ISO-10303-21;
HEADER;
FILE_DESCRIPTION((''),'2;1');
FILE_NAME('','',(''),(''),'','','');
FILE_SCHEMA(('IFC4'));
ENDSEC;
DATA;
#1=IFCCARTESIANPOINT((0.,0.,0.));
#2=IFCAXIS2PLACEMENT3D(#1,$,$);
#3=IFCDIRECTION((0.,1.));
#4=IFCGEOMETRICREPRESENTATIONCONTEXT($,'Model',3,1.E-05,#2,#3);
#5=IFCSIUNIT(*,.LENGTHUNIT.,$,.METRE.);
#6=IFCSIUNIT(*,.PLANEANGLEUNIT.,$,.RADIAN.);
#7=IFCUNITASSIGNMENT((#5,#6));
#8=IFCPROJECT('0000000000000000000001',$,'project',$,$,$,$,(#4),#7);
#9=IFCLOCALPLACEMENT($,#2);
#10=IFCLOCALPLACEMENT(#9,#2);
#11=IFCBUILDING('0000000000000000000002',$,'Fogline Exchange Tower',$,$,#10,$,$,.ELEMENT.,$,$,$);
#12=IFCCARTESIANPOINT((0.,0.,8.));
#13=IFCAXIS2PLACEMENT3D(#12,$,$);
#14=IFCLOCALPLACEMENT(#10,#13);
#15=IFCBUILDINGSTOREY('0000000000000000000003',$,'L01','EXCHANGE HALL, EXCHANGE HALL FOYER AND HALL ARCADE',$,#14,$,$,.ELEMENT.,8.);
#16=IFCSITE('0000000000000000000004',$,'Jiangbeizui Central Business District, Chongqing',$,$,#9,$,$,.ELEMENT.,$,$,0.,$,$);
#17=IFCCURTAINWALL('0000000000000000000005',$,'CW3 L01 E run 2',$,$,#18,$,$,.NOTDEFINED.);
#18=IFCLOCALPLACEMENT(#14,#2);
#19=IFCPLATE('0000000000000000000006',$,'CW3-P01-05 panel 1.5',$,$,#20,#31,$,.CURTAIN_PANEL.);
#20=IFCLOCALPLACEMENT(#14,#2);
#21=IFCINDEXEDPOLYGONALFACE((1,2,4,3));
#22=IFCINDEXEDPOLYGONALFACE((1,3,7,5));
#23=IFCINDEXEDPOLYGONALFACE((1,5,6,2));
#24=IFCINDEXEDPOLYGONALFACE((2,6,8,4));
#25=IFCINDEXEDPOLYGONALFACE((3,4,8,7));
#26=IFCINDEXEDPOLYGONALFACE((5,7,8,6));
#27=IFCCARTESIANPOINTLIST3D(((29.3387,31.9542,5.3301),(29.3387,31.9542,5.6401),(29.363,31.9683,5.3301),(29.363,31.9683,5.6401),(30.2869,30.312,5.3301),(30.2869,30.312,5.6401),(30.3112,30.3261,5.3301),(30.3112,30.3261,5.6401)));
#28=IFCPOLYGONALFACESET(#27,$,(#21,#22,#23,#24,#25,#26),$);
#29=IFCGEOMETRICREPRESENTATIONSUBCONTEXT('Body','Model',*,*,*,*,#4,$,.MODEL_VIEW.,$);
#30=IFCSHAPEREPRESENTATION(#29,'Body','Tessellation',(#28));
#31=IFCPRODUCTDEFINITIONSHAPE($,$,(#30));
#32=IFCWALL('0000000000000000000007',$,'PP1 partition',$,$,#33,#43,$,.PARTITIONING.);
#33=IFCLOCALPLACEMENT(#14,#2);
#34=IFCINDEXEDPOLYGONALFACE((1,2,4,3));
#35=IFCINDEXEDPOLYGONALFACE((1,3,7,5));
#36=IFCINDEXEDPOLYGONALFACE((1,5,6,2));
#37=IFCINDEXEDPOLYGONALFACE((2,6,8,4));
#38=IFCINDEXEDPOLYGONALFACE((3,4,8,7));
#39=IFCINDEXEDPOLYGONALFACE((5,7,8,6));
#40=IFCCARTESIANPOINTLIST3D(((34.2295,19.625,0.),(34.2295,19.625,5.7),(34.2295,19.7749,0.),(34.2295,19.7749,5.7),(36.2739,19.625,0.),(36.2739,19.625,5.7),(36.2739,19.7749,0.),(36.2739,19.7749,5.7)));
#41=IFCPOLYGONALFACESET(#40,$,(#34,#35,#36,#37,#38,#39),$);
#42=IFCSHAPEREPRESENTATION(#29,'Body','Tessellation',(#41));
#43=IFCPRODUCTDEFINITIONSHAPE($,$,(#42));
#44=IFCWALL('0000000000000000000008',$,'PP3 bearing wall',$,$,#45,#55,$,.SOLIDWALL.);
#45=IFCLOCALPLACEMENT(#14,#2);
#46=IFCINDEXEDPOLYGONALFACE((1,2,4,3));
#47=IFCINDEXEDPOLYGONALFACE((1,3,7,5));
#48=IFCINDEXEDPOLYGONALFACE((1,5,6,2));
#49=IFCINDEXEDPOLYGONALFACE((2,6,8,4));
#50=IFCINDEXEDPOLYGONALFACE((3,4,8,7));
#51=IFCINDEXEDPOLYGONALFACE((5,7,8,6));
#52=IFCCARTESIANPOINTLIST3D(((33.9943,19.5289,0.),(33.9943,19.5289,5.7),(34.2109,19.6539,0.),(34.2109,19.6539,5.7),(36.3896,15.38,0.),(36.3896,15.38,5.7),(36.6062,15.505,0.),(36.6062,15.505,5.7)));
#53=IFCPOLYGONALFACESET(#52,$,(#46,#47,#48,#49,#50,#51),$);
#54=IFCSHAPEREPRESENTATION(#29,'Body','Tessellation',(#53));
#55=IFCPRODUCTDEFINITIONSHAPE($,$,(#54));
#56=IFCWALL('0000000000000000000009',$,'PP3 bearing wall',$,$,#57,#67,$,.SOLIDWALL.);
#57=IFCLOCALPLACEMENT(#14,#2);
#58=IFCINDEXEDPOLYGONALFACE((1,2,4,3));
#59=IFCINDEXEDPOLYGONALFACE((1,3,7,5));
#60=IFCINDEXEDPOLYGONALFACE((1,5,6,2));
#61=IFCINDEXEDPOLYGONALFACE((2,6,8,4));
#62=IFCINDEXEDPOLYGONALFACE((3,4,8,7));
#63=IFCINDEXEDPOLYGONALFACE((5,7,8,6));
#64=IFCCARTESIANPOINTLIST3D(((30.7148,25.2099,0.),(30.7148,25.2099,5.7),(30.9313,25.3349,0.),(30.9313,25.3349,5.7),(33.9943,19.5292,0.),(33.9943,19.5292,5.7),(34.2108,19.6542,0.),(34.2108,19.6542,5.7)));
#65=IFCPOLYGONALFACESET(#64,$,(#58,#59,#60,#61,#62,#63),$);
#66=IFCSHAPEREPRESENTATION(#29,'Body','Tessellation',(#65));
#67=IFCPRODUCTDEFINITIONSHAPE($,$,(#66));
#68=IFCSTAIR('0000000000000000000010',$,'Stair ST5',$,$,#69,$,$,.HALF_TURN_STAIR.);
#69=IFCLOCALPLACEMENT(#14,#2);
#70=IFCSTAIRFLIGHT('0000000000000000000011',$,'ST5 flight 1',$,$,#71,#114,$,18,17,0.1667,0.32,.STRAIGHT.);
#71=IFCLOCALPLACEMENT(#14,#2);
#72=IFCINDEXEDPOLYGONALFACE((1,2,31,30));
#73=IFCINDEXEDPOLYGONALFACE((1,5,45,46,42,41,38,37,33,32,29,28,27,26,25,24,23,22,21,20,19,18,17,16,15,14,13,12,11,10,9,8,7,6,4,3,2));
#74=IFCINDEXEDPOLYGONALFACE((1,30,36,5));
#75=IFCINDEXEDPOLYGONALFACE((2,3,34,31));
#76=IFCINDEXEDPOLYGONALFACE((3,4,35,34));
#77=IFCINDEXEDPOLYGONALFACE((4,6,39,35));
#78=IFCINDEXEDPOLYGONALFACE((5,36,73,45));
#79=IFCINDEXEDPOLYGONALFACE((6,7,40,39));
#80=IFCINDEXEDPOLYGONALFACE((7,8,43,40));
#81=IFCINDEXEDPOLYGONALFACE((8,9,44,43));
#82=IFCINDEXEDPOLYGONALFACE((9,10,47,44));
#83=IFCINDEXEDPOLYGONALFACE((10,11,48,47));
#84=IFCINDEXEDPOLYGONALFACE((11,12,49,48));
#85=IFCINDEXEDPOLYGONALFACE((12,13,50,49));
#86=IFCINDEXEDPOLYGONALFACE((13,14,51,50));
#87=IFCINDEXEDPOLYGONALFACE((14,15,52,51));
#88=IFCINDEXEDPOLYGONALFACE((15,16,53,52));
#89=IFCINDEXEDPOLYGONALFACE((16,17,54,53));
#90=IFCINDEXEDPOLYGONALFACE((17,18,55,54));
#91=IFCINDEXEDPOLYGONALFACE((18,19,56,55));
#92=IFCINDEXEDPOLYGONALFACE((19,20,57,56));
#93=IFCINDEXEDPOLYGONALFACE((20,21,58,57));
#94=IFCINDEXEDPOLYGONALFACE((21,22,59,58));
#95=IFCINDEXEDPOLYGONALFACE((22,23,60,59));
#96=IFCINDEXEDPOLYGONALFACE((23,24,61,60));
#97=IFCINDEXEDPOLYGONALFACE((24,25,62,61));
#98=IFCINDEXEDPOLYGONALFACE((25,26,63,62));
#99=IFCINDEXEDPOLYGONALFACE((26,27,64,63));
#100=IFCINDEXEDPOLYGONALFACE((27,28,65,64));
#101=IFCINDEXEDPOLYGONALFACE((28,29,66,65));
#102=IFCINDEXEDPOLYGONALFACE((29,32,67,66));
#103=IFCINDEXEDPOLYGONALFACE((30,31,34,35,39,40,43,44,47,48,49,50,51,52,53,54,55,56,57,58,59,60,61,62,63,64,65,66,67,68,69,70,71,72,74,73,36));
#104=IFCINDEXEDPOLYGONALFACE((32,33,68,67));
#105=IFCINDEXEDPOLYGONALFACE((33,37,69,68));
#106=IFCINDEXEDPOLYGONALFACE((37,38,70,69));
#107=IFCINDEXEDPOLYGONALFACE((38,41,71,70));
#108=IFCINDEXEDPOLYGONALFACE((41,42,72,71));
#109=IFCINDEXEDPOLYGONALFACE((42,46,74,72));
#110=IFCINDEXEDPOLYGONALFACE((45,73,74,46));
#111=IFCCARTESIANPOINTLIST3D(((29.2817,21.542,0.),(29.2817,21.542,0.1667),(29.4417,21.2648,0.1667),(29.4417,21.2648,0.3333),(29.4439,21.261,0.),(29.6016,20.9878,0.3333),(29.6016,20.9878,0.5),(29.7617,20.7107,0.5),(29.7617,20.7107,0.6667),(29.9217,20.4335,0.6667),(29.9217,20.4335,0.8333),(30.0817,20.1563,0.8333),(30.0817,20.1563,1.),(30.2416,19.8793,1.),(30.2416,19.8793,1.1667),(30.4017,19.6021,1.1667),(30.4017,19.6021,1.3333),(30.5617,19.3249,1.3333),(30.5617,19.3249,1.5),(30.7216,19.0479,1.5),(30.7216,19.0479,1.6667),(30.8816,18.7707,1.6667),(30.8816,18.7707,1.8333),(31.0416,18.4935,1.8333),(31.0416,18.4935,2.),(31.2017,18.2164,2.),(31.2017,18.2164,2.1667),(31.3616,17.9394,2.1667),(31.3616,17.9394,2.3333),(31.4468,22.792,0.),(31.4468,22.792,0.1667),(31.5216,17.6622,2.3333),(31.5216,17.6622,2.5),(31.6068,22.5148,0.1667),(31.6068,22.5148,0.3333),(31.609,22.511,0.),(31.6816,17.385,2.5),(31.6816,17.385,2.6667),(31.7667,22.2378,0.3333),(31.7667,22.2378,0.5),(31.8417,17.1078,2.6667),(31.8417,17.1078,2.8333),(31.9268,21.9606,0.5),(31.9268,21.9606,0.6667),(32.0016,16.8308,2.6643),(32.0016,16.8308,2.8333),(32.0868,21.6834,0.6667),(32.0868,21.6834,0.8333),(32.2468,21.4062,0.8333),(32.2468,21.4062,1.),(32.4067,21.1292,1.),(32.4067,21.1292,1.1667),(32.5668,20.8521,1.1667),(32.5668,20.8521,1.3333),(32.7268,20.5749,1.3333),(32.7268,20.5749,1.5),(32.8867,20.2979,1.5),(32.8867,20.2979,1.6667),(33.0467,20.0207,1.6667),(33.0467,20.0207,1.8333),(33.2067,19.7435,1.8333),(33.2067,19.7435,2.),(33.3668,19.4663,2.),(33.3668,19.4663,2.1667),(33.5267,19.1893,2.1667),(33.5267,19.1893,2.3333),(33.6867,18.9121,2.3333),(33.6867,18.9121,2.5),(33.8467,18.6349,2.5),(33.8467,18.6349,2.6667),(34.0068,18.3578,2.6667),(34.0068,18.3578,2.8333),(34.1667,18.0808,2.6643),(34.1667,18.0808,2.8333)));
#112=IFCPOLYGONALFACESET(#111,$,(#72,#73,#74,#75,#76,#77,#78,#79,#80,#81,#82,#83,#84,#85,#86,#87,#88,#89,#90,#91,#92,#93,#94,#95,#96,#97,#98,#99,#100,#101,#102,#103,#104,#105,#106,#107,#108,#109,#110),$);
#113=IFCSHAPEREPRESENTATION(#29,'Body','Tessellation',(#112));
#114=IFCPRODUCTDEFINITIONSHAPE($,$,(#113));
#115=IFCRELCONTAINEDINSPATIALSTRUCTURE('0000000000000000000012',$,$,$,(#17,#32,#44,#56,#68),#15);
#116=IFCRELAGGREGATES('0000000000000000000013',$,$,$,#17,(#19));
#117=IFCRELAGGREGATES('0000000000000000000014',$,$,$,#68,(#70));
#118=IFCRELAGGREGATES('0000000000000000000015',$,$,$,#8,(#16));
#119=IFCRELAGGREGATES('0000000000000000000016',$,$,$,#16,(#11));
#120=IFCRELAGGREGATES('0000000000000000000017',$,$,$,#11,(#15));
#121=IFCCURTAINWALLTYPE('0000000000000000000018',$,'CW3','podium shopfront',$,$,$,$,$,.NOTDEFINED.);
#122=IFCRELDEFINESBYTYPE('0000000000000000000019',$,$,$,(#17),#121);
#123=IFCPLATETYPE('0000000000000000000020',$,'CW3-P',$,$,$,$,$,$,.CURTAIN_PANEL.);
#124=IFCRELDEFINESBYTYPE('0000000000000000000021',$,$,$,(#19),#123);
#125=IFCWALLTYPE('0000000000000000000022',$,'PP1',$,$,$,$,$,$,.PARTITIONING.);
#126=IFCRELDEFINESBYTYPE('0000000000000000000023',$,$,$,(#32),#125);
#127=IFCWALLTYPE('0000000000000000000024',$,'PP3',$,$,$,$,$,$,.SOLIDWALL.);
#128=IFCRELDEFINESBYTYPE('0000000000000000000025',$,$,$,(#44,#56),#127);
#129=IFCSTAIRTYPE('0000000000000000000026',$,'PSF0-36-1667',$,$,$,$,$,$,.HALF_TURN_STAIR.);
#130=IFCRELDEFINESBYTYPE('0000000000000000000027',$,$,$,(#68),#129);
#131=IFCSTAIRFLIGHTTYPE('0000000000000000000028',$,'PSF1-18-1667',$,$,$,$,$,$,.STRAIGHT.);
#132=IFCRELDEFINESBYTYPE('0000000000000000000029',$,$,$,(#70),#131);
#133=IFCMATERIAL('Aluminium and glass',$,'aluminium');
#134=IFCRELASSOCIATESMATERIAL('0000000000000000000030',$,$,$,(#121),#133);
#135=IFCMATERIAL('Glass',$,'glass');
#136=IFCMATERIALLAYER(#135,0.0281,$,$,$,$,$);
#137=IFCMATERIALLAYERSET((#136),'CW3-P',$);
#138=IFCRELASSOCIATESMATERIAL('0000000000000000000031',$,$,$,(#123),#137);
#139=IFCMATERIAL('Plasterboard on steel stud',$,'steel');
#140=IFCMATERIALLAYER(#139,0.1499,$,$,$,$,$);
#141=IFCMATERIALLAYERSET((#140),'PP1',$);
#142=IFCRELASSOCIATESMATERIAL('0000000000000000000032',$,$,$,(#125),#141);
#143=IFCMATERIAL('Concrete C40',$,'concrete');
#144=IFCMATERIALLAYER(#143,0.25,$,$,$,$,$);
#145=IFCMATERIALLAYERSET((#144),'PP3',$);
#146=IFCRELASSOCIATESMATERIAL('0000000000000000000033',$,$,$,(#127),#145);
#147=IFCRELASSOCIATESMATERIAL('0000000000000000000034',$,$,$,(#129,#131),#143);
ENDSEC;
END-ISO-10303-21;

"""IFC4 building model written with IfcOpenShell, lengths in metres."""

from ifc_helpers import new_model, si_unit, direction, frame, frame_2d, origin, origin_2d, place, context, subcontext, project, spatial, polyline, rectangle, outline, extrude, material, layer, layer_set, type_object, element, aggregate, save


model = new_model("IFC4")

# Units and contexts
model_context = context("Model", 3, precision=1e-05, world=origin(), true_north=direction((0.0, 1.0)))
body_context = subcontext(model_context, "Body", "Model", "MODEL_VIEW")
ifc_project = project(units=[si_unit("LENGTHUNIT", "METRE"), si_unit("PLANEANGLEUNIT", "RADIAN")], contexts=[model_context])

# Site, building, storey
site_placement = place(None, origin())
site = spatial("IfcSite", under=ifc_project, at=site_placement, Name="Jiangbeizui Central Business District, Chongqing", CompositionType="ELEMENT", RefElevation=0.0)
building_placement = place(site_placement, origin())
building = spatial("IfcBuilding", under=site, at=building_placement, Name="Fogline Exchange Tower", CompositionType="ELEMENT")
storey_placement = place(building_placement, frame((0.0, 0.0, 8.0)))
storey = spatial("IfcBuildingStorey", under=building, at=storey_placement, Name="L01", Description="EXCHANGE HALL, EXCHANGE HALL FOYER AND HALL ARCADE", CompositionType="ELEMENT", Elevation=8.0)

# Shared definitions
ifc_material_1 = material(Name="Concrete C40", Category="concrete")

# Curtain wall, plate
ifc_material_2 = material(Name="Aluminium and glass", Category="aluminium")
curtain_wall_type = type_object("IfcCurtainWallType", Name="CW3", Description="podium shopfront", PredefinedType="NOTDEFINED", material=ifc_material_2)
curtain_wall_placement = place(storey_placement, origin())
curtain_wall = element("IfcCurtainWall", 1, at=curtain_wall_placement, inside=storey, type_object=curtain_wall_type, Name="CW3 L01 E run 2", PredefinedType="NOTDEFINED")
ifc_material_3 = material(Name="Glass", Category="glass")
ifc_layer_1 = layer(ifc_material_3, 0.0281)
ifc_layer_set_1 = layer_set([ifc_layer_1], Name="CW3-P")
plate_type = type_object("IfcPlateType", Name="CW3-P", PredefinedType="CURTAIN_PANEL", material=ifc_layer_set_1)
plate_1_placement = place(storey_placement, frame((29.825, 31.1401, 5.3301), z_axis=(0.0, 0.0, 1.0), x_axis=(-0.5, 0.866025, 0.0)))
plate_1 = element("IfcPlate", 2, at=plate_1_placement, type_object=plate_type, Name="CW3-P01-05 panel 1.5", PredefinedType="CURTAIN_PANEL", context=body_context, shape_type="SweptSolid", body=[
    extrude(rectangle(XDim=1.8962, YDim=0.0281, at=origin_2d()), origin(), (0.0, 0.0, 1.0), 0.3101),
])
aggregate(curtain_wall, [plate_1])

# Walls
ifc_material_4 = material(Name="Plasterboard on steel stud", Category="steel")
ifc_layer_2 = layer(ifc_material_4, 0.1499)
ifc_layer_set_2 = layer_set([ifc_layer_2], Name="PP1")
wall_type_1 = type_object("IfcWallType", Name="PP1", PredefinedType="PARTITIONING", material=ifc_layer_set_2)
wall_1_placement = place(storey_placement, frame((34.2295, 19.7, 0.0), z_axis=(0.0, 0.0, 1.0), x_axis=(1.0, 0.0, 0.0)))
element("IfcWall", 3, at=wall_1_placement, inside=storey, type_object=wall_type_1, Name="PP1 partition", PredefinedType="PARTITIONING", context=body_context, shape_type="SweptSolid", body=[
    extrude(rectangle(XDim=2.0444, YDim=0.1499, at=frame_2d((1.0222, 0.0))), origin(), (0.0, 0.0, 1.0), 5.7),
])
ifc_layer_3 = layer(ifc_material_1, 0.25)
ifc_layer_set_3 = layer_set([ifc_layer_3], Name="PP3")
wall_type_2 = type_object("IfcWallType", Name="PP3", PredefinedType="SOLIDWALL", material=ifc_layer_set_3)
wall_2_placement = place(storey_placement, frame((34.1025, 19.5916, 0.0), z_axis=(0.0, 0.0, 1.0), x_axis=(0.499981, -0.866036, 0.0)))
element("IfcWall", 4, at=wall_2_placement, inside=storey, type_object=wall_type_2, Name="PP3 bearing wall", PredefinedType="SOLIDWALL", context=body_context, shape_type="SweptSolid", body=[
    extrude(rectangle(XDim=4.7908, YDim=0.25, at=frame_2d((2.3955, 0.0))), origin(), (0.0, 0.0, 1.0), 5.7),
])
wall_3_placement = place(storey_placement, frame((30.823, 25.2725, 0.0), z_axis=(0.0, 0.0, 1.0), x_axis=(0.499978, -0.866038, 0.0)))
element("IfcWall", 5, at=wall_3_placement, inside=storey, type_object=wall_type_2, Name="PP3 bearing wall", PredefinedType="SOLIDWALL", context=body_context, shape_type="SweptSolid", body=[
    extrude(rectangle(XDim=6.5593, YDim=0.25, at=frame_2d((3.2798, 0.0))), origin(), (0.0, 0.0, 1.0), 5.7),
])

# Stair, stair flight
stair_type = type_object("IfcStairType", Name="PSF0-36-1667", PredefinedType="HALF_TURN_STAIR", material=ifc_material_1)
stair_placement = place(storey_placement, origin())
stair = element("IfcStair", 6, at=stair_placement, inside=storey, type_object=stair_type, Name="Stair ST5", PredefinedType="HALF_TURN_STAIR")
stair_flight_type = type_object("IfcStairFlightType", Name="PSF1-18-1667", PredefinedType="STRAIGHT", material=ifc_material_1)
stair_flight_placement = place(storey_placement, frame((30.3643, 22.167, 0.0), z_axis=(0.0, 0.0, 1.0), x_axis=(0.499979, -0.866037, 0.0)))
stair_flight = element("IfcStairFlight", 7, at=stair_flight_placement, type_object=stair_flight_type, Name="ST5 flight 1", NumberOfRisers=18, NumberOfTreads=17, PredefinedType="STRAIGHT", RiserHeight=0.1667, TreadLength=0.32, context=body_context, shape_type="SweptSolid", body=[
    extrude(outline(polyline([(0.0, 0.0), (0.0, 0.1667), (0.3201, 0.1667), (0.3201, 0.3333), (0.6399, 0.3333), (0.6399, 0.5), (0.96, 0.5), (0.96, 0.6667), (1.28, 0.6667), (1.28, 0.8333), (1.6001, 0.8333), (1.6001, 1.0), (1.9199, 1.0), (1.9199, 1.1667), (2.24, 1.1667), (2.24, 1.3333), (2.5601, 1.3333), (2.5601, 1.5), (2.8799, 1.5), (2.8799, 1.6667), (3.2, 1.6667), (3.2, 1.8333), (3.52, 1.8333), (3.52, 2.0), (3.8401, 2.0), (3.8401, 2.1667), (4.1599, 2.1667), (4.1599, 2.3333), (4.48, 2.3333), (4.48, 2.5), (4.8, 2.5), (4.8, 2.6667), (5.1201, 2.6667), (5.1201, 2.8333), (5.4399, 2.8333), (5.4399, 3.0), (5.4399, 2.6643), (0.3245, 0.0), (0.0, 0.0)])), frame((0.0, 1.25, 0.0), z_axis=(0.0, -1.0, 0.0), x_axis=(1.0, 0.0, 0.0)), (0.0, 0.0, 1.0), 2.5),
])
aggregate(stair, [stair_flight])

save(model, "model.ifc")
